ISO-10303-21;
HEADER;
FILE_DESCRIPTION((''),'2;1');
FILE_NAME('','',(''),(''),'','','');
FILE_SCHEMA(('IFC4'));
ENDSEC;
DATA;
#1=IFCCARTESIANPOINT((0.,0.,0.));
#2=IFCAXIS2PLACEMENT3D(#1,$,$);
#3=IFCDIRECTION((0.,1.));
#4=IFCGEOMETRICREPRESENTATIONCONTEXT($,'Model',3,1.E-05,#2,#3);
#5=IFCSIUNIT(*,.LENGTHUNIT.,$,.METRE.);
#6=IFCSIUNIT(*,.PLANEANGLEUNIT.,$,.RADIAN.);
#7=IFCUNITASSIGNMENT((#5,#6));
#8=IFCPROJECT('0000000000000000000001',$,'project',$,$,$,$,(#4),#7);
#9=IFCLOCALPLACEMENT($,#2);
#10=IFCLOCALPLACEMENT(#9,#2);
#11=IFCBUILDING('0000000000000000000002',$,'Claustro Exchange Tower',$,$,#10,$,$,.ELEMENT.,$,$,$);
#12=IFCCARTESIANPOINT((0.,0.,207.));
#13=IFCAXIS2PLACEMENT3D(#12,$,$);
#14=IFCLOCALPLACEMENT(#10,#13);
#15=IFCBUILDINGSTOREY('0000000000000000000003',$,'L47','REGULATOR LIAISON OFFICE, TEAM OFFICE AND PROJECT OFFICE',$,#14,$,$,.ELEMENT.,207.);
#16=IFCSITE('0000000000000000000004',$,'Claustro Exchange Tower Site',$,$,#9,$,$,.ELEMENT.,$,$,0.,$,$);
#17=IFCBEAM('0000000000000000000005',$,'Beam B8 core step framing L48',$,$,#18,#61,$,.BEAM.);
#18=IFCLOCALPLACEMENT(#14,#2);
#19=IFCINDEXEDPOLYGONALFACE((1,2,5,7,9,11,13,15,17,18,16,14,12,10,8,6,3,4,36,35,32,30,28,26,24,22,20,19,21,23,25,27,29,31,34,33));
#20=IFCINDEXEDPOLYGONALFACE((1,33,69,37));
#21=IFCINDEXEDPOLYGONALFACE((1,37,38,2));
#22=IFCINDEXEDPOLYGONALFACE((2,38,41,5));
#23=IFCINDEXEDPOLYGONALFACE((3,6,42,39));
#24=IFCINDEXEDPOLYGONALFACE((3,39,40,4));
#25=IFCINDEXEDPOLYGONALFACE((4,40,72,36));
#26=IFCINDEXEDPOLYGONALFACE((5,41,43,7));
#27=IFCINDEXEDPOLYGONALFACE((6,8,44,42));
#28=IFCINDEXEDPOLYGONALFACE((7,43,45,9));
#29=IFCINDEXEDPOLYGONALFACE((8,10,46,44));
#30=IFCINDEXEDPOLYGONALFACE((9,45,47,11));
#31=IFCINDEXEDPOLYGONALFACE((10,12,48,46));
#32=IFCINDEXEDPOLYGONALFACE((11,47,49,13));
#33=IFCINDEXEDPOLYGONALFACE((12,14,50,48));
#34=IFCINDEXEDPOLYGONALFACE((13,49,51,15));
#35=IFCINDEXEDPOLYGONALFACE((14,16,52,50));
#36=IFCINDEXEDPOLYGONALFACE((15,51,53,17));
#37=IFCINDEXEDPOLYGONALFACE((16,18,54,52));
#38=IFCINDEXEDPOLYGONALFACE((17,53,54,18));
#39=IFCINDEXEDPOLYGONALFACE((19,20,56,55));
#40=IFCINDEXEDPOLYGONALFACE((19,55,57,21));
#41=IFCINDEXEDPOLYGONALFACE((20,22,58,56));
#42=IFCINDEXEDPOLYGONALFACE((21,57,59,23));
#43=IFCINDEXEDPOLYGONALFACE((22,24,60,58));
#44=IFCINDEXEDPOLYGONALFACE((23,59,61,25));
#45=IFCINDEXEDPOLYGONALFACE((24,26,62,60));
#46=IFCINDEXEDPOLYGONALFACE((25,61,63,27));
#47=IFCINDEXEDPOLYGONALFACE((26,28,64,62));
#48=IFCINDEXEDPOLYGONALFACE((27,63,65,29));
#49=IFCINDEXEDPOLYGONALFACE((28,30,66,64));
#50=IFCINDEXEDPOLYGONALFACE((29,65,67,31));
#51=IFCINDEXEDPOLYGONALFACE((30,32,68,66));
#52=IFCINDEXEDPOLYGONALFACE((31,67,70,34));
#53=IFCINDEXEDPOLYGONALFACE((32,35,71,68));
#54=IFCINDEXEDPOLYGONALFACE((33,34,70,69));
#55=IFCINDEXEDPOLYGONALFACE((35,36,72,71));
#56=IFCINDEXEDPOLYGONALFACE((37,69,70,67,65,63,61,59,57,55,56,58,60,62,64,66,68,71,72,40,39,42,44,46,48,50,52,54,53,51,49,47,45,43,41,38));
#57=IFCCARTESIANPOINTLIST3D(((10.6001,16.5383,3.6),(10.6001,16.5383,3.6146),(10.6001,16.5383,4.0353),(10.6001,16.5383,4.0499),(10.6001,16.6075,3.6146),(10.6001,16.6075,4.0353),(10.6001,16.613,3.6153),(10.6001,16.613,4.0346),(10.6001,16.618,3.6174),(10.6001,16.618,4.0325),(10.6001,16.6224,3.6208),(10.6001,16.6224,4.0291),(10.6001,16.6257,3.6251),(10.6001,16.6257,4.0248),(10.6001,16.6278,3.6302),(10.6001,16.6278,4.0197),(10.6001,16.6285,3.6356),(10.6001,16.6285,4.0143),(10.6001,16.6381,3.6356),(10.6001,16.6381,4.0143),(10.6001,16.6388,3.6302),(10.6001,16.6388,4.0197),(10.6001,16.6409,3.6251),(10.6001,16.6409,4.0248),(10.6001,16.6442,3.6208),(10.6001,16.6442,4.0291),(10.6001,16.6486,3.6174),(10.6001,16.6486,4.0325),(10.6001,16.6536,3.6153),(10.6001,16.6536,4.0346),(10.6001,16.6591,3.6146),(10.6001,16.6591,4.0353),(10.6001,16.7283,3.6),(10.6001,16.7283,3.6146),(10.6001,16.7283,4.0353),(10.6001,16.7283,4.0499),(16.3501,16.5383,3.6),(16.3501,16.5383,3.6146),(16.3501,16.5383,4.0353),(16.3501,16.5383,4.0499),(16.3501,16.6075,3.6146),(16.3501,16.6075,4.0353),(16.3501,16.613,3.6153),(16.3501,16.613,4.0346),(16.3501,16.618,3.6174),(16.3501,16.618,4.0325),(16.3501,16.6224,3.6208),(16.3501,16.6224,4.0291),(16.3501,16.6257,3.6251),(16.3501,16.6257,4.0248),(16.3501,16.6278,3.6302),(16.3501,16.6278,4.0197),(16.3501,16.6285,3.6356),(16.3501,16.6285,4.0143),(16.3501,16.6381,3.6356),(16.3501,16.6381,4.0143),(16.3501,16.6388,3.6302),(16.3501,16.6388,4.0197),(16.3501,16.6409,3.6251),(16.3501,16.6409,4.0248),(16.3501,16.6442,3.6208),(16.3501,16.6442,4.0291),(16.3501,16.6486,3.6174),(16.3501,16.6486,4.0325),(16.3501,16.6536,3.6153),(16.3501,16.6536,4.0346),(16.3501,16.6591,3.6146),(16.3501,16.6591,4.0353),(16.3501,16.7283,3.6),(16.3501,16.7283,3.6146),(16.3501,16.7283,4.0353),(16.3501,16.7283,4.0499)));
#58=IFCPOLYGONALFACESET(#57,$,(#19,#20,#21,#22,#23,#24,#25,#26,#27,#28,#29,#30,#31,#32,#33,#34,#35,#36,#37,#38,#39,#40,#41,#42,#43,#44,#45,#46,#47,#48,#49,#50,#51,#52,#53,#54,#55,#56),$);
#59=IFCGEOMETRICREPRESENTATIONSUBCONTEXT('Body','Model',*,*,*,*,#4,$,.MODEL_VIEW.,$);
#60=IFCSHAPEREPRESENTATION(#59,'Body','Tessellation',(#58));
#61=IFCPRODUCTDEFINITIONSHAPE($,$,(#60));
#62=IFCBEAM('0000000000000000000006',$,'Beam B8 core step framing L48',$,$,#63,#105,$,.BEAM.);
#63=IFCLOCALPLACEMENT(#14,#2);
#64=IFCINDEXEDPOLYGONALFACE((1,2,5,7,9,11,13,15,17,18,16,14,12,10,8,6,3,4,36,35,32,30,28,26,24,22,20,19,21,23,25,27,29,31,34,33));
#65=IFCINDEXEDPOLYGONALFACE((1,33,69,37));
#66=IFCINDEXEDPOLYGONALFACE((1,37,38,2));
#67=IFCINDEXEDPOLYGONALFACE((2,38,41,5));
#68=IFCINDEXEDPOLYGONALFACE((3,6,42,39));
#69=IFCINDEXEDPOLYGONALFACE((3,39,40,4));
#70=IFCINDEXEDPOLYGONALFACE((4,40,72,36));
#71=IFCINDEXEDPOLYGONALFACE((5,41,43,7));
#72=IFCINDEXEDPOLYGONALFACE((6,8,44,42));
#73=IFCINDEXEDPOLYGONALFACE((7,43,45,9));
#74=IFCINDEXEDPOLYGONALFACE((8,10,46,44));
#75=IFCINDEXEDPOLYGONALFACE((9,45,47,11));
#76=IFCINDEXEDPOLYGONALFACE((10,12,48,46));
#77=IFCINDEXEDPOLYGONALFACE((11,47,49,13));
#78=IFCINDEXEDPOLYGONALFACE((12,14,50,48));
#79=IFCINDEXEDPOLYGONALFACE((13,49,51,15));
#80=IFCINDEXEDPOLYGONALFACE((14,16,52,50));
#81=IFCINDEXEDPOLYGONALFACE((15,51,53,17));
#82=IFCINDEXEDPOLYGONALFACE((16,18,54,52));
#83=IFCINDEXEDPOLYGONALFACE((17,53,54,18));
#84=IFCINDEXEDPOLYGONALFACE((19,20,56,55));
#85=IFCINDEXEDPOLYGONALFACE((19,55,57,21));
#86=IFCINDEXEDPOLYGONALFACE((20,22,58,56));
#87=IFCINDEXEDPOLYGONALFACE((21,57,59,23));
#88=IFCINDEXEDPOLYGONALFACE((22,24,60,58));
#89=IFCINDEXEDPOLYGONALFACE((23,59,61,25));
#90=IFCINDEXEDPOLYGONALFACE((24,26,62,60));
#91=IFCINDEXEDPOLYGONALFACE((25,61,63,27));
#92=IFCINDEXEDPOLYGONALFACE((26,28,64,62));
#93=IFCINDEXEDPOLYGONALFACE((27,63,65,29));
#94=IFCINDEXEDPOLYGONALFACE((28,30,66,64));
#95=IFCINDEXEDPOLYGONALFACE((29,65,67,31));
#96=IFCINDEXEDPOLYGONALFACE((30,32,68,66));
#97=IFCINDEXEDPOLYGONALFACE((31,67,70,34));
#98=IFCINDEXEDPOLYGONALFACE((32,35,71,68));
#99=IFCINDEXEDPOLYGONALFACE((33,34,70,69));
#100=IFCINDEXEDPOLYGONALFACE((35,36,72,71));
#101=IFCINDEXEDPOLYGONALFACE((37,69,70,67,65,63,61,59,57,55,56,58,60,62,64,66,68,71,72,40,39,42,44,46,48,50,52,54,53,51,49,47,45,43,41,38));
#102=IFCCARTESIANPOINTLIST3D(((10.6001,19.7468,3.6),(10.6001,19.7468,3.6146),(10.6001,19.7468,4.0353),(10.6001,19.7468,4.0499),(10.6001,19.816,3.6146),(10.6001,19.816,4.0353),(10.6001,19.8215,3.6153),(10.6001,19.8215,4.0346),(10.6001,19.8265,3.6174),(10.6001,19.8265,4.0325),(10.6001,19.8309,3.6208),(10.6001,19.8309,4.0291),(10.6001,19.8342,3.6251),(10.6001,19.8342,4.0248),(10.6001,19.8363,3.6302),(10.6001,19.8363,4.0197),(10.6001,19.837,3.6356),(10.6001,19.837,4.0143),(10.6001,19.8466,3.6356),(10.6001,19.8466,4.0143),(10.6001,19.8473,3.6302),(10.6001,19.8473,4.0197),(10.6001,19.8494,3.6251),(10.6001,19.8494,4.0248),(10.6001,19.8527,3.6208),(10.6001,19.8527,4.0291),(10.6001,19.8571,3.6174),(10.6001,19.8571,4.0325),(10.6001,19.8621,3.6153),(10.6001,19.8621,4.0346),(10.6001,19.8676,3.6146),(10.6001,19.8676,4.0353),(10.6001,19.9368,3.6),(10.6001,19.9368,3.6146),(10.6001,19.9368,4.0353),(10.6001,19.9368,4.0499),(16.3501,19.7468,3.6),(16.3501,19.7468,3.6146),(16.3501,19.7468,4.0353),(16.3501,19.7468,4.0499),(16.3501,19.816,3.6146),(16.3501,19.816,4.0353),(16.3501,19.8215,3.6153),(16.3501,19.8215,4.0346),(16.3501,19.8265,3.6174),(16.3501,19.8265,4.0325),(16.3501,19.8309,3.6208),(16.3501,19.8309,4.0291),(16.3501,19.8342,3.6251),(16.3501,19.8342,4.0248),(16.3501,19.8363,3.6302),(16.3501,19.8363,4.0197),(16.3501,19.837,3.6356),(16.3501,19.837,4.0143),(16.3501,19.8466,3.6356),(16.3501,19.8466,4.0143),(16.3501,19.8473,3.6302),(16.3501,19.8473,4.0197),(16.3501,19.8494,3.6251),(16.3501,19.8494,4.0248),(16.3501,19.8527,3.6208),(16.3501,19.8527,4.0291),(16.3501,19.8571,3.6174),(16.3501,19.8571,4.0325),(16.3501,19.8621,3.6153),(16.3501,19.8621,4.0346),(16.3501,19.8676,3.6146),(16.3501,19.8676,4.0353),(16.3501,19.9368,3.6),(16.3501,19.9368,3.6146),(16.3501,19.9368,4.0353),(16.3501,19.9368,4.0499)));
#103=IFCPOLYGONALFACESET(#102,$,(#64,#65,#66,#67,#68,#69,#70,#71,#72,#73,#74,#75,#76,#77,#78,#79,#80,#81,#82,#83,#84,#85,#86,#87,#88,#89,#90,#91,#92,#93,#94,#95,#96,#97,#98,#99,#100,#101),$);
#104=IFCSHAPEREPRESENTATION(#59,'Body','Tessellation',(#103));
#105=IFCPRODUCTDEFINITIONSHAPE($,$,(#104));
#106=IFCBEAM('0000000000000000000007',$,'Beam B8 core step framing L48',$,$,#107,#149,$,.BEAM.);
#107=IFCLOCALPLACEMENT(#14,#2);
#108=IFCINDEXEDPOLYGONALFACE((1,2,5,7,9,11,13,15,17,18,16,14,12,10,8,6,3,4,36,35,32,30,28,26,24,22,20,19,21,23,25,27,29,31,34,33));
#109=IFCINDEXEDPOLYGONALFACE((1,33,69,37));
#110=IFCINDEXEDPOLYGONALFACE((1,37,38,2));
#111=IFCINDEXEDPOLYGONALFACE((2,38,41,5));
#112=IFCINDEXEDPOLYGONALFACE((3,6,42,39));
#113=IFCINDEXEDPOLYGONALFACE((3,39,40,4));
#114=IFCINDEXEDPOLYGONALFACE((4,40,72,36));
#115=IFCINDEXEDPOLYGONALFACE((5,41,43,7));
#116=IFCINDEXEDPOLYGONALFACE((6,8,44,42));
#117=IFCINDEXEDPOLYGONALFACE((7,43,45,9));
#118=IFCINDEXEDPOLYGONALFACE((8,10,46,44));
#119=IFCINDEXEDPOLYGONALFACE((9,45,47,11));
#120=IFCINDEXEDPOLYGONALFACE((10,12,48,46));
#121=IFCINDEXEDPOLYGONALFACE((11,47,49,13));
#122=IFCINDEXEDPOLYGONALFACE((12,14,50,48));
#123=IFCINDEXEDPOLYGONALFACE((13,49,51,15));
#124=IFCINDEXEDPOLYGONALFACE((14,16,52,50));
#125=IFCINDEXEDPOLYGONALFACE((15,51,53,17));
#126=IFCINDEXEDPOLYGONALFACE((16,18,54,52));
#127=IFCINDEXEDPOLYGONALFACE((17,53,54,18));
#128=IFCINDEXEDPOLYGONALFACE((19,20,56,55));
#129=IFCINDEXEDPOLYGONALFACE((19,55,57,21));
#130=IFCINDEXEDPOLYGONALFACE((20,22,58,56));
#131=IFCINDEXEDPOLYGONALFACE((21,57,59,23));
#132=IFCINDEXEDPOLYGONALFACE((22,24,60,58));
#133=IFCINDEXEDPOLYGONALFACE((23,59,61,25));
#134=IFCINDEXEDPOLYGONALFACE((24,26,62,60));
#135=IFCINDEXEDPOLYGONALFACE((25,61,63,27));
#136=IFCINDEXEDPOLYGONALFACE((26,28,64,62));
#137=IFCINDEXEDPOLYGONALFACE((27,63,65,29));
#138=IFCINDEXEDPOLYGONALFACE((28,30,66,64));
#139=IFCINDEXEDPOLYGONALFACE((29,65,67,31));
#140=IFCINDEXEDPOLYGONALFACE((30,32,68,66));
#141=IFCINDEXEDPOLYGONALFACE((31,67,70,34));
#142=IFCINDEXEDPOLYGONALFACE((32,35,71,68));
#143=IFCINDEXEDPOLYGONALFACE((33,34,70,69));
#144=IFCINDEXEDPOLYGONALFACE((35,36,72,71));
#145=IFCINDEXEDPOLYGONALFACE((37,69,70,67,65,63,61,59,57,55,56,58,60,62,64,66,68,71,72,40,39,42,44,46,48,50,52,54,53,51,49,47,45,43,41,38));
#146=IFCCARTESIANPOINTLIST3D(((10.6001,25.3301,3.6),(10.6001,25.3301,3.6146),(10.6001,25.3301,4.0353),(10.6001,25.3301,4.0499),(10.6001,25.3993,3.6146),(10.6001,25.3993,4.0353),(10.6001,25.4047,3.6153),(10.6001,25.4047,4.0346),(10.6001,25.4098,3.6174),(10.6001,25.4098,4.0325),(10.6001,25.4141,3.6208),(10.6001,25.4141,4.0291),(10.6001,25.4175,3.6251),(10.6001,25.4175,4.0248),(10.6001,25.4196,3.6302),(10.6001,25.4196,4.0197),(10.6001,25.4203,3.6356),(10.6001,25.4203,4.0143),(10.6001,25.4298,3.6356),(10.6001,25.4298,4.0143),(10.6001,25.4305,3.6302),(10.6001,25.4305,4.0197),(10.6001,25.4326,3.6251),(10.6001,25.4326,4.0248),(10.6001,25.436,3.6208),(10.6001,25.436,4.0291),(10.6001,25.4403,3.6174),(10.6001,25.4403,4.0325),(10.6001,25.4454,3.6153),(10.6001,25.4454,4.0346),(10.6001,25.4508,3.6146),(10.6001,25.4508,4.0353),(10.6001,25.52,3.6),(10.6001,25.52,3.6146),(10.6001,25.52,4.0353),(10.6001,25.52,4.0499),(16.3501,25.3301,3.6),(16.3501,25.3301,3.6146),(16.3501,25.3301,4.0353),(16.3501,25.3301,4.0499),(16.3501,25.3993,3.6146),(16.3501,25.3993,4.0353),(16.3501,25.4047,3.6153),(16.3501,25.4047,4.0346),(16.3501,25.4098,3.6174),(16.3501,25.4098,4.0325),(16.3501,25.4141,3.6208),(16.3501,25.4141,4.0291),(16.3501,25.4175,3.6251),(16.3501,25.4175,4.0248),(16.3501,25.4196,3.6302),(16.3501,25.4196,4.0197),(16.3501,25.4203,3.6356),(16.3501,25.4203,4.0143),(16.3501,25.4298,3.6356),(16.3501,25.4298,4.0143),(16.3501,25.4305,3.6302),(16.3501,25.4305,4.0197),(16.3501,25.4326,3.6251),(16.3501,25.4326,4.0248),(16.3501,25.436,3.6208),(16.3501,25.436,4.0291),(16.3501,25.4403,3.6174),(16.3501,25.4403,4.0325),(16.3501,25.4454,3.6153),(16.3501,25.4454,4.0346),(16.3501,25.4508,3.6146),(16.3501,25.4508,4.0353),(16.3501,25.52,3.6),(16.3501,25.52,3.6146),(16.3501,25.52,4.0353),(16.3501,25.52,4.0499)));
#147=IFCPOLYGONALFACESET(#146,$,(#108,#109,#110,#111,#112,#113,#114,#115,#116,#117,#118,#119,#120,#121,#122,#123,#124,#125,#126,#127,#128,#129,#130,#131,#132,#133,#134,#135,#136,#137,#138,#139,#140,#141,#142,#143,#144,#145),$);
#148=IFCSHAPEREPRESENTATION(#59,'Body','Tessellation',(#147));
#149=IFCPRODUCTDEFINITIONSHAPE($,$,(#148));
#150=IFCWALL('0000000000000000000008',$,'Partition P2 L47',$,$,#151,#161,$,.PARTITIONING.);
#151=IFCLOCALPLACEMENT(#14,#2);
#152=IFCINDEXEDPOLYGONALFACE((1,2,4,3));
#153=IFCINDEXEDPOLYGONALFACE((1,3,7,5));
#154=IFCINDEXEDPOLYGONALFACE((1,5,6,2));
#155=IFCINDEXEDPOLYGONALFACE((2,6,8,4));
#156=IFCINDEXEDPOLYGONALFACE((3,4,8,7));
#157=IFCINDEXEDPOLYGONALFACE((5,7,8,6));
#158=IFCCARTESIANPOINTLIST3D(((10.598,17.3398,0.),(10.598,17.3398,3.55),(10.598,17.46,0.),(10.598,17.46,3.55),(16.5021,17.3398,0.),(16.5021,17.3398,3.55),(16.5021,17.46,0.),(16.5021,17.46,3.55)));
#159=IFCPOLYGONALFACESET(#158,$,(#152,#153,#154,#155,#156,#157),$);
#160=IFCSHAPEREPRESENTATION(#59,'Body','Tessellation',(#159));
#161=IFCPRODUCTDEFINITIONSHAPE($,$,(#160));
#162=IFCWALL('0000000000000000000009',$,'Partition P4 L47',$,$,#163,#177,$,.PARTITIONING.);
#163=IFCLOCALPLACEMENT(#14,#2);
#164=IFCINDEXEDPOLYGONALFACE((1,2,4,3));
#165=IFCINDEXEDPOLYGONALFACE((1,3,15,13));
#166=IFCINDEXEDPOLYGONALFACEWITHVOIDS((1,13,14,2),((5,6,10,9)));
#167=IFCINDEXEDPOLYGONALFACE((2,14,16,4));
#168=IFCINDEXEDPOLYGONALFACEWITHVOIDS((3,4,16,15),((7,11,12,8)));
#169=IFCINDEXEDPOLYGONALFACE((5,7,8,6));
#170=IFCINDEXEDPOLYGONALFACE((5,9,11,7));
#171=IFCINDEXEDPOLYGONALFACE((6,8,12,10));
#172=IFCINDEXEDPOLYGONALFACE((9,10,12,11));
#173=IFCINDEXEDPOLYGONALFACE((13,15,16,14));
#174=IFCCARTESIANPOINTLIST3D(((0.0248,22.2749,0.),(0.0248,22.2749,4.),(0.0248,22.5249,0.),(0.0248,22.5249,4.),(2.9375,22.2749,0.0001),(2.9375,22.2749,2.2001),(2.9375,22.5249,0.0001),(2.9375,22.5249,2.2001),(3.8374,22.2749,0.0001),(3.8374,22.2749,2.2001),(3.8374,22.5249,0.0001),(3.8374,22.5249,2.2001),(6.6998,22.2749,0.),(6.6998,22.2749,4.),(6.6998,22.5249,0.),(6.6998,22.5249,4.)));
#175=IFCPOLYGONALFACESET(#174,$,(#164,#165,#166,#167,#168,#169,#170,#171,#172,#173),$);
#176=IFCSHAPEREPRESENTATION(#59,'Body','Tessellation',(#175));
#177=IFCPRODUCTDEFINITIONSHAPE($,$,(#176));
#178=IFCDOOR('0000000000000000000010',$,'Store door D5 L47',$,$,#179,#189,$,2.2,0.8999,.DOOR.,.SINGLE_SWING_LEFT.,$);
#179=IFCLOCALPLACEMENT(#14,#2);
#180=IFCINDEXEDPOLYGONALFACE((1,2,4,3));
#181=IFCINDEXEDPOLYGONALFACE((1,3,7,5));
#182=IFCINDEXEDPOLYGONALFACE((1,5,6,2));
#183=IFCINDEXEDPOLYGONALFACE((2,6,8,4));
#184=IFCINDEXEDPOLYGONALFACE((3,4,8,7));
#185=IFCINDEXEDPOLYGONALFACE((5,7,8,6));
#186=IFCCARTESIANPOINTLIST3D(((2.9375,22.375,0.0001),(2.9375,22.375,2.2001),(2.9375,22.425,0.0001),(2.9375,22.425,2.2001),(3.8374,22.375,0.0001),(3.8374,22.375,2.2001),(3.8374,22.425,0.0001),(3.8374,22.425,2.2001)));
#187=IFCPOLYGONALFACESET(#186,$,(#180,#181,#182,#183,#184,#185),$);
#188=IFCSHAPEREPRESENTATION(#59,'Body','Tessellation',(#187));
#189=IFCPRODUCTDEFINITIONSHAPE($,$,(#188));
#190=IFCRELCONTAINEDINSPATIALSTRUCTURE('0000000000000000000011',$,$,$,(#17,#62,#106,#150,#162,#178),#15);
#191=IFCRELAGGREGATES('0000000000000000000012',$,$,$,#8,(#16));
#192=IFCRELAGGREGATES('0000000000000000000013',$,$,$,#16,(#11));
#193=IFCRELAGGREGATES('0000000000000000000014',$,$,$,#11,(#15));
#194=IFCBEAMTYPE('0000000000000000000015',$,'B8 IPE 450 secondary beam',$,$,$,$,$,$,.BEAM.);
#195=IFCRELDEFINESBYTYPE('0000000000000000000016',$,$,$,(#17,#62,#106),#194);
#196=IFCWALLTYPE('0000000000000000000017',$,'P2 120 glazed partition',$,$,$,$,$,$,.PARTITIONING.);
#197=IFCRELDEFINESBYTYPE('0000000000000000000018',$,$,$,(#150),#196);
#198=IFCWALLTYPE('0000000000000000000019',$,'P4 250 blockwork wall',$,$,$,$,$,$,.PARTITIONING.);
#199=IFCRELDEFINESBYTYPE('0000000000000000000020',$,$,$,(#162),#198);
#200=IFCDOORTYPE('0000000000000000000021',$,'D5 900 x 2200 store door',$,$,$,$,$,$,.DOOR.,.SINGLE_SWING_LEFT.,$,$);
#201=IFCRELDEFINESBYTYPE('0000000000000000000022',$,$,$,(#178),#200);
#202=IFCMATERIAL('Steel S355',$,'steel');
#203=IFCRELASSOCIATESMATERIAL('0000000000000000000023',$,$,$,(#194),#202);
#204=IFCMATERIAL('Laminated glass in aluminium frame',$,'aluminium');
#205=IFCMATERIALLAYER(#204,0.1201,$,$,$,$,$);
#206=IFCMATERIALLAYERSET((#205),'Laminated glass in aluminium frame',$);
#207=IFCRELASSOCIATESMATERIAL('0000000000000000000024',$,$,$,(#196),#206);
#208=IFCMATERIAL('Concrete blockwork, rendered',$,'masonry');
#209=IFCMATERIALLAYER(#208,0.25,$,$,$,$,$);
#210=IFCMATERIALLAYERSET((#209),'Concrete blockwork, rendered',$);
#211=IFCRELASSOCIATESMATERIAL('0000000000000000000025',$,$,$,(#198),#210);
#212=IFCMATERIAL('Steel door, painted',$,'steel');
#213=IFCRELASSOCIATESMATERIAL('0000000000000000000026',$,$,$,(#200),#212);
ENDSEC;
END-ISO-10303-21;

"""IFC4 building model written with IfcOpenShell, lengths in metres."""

from ifc_helpers import new_model, si_unit, direction, frame, frame_2d, origin, origin_2d, place, context, subcontext, project, spatial, rectangle, i_section, extrude, material, layer, layer_set, material_profile, profile_set, type_object, element, fill, save


model = new_model("IFC4")

# Units and contexts
model_context = context("Model", 3, precision=1e-05, world=origin(), true_north=direction((0.0, 1.0)))
body_context = subcontext(model_context, "Body", "Model", "MODEL_VIEW")
ifc_project = project(units=[si_unit("LENGTHUNIT", "METRE"), si_unit("PLANEANGLEUNIT", "RADIAN")], contexts=[model_context])

# Site, building, storey
site_placement = place(None, origin())
site = spatial("IfcSite", under=ifc_project, at=site_placement, Name="Claustro Exchange Tower Site", CompositionType="ELEMENT", RefElevation=0.0)
building_placement = place(site_placement, origin())
building = spatial("IfcBuilding", under=site, at=building_placement, Name="Claustro Exchange Tower", CompositionType="ELEMENT")
storey_placement = place(building_placement, frame((0.0, 0.0, 207.0)))
storey = spatial("IfcBuildingStorey", under=building, at=storey_placement, Name="L47", Description="REGULATOR LIAISON OFFICE, TEAM OFFICE AND PROJECT OFFICE", CompositionType="ELEMENT", Elevation=207.0)

# Beams
ifc_material_1 = material(Name="Steel S355", Category="steel")
ifc_material_profile_1 = material_profile(ifc_material_1, i_section(OverallWidth=0.1899, OverallDepth=0.45, WebThickness=0.0095, FlangeThickness=0.0146, FilletRadius=0.021, at=origin_2d()), Name="IPE 450")
ifc_profile_set_1 = profile_set([ifc_material_profile_1], Name="Steel S355")
beam_type_1 = type_object("IfcBeamType", Name="B8 IPE 450 secondary beam", PredefinedType="BEAM", material=ifc_profile_set_1)
for number, where, z_axis, x_axis, name in (
    (1, (10.6001, 16.6333, 3.825), (1.0, 0.0, 0.0), (0.0, 1.0, 0.0), "Beam B8 core step framing L48"),
    (2, (10.6001, 19.8418, 3.825), (1.0, 0.0, 0.0), (0.0, 1.0, 0.0), "Beam B8 core step framing L48"),
    (3, (10.6001, 25.425, 3.825), (1.0, 0.0, 0.0), (0.0, 1.0, 0.0), "Beam B8 core step framing L48"),
):
    element("IfcBeam", number, at=place(storey_placement, frame(where, z_axis=z_axis, x_axis=x_axis)), inside=storey, type_object=beam_type_1, Name=name, PredefinedType="BEAM", context=body_context, shape_type="SweptSolid", body=[
        extrude(i_section(OverallWidth=0.1899, OverallDepth=0.45, WebThickness=0.0095, FlangeThickness=0.0146, FilletRadius=0.021, at=origin_2d()), origin(), (0.0, 0.0, 1.0), 5.75),
    ])

# Wall
ifc_material_2 = material(Name="Laminated glass in aluminium frame", Category="aluminium")
ifc_layer_1 = layer(ifc_material_2, 0.1201)
ifc_layer_set_1 = layer_set([ifc_layer_1], Name="Laminated glass in aluminium frame")
wall_type_1 = type_object("IfcWallType", Name="P2 120 glazed partition", PredefinedType="PARTITIONING", material=ifc_layer_set_1)
wall_1_placement = place(storey_placement, frame((10.5979, 17.3999, 0.0), z_axis=(0.0, 0.0, 1.0), x_axis=(1.0, 0.0, 0.0)))
element("IfcWall", 4, at=wall_1_placement, inside=storey, type_object=wall_type_1, Name="Partition P2 L47", PredefinedType="PARTITIONING", context=body_context, shape_type="SweptSolid", body=[
    extrude(rectangle(XDim=5.9041, YDim=0.1201, at=frame_2d((2.9521, 0.0))), origin(), (0.0, 0.0, 1.0), 3.55),
])

# Wall, opening, door
ifc_material_3 = material(Name="Concrete blockwork, rendered", Category="masonry")
ifc_layer_2 = layer(ifc_material_3, 0.25)
ifc_layer_set_2 = layer_set([ifc_layer_2], Name="Concrete blockwork, rendered")
wall_type_2 = type_object("IfcWallType", Name="P4 250 blockwork wall", PredefinedType="PARTITIONING", material=ifc_layer_set_2)
wall_2_placement = place(storey_placement, frame((0.0249, 22.3999, 0.0), z_axis=(0.0, 0.0, 1.0), x_axis=(1.0, 0.0, 0.0)))
wall_2 = element("IfcWall", 5, at=wall_2_placement, inside=storey, type_object=wall_type_2, Name="Partition P4 L47", PredefinedType="PARTITIONING", context=body_context, shape_type="SweptSolid", body=[
    extrude(rectangle(XDim=6.675, YDim=0.25, at=frame_2d((3.3374, 0.0))), origin(), (0.0, 0.0, 1.0), 4.0),
])
opening_1_placement = place(wall_2_placement, frame((2.9126, 0.0, 0.0)))
opening_1 = element("IfcOpeningElement", 6, at=opening_1_placement, cuts=wall_2, PredefinedType="OPENING", context=body_context, shape_type="SweptSolid", body=[
    extrude(rectangle(XDim=0.8999, YDim=2.2, at=frame_2d((0.45, 1.1001))), frame((0.0, 0.135, 0.0), z_axis=(0.0, -1.0, 0.0), x_axis=(1.0, 0.0, 0.0)), (0.0, 0.0, 1.0), 0.27),
])
ifc_material_4 = material(Name="Steel door, painted", Category="steel")
door_type = type_object("IfcDoorType", Name="D5 900 x 2200 store door", OperationType="SINGLE_SWING_LEFT", PredefinedType="DOOR", material=ifc_material_4)
door_1_placement = place(opening_1_placement, frame((0.8999, 0.0, 0.0), z_axis=(0.0, 0.0, 1.0), x_axis=(-1.0, 0.0, 0.0)))
door_1 = element("IfcDoor", 7, at=door_1_placement, inside=storey, type_object=door_type, Name="Store door D5 L47", OperationType="SINGLE_SWING_LEFT", OverallHeight=2.2, OverallWidth=0.8999, PredefinedType="DOOR", context=body_context, shape_type="SweptSolid", body=[
    extrude(rectangle(XDim=0.8999, YDim=2.2, at=frame_2d((0.45, 1.1001))), frame((0.0, 0.0249, 0.0), z_axis=(0.0, -1.0, 0.0), x_axis=(1.0, 0.0, 0.0)), (0.0, 0.0, 1.0), 0.05),
])
fill(opening_1, door_1)

save(model, "model.ifc")
